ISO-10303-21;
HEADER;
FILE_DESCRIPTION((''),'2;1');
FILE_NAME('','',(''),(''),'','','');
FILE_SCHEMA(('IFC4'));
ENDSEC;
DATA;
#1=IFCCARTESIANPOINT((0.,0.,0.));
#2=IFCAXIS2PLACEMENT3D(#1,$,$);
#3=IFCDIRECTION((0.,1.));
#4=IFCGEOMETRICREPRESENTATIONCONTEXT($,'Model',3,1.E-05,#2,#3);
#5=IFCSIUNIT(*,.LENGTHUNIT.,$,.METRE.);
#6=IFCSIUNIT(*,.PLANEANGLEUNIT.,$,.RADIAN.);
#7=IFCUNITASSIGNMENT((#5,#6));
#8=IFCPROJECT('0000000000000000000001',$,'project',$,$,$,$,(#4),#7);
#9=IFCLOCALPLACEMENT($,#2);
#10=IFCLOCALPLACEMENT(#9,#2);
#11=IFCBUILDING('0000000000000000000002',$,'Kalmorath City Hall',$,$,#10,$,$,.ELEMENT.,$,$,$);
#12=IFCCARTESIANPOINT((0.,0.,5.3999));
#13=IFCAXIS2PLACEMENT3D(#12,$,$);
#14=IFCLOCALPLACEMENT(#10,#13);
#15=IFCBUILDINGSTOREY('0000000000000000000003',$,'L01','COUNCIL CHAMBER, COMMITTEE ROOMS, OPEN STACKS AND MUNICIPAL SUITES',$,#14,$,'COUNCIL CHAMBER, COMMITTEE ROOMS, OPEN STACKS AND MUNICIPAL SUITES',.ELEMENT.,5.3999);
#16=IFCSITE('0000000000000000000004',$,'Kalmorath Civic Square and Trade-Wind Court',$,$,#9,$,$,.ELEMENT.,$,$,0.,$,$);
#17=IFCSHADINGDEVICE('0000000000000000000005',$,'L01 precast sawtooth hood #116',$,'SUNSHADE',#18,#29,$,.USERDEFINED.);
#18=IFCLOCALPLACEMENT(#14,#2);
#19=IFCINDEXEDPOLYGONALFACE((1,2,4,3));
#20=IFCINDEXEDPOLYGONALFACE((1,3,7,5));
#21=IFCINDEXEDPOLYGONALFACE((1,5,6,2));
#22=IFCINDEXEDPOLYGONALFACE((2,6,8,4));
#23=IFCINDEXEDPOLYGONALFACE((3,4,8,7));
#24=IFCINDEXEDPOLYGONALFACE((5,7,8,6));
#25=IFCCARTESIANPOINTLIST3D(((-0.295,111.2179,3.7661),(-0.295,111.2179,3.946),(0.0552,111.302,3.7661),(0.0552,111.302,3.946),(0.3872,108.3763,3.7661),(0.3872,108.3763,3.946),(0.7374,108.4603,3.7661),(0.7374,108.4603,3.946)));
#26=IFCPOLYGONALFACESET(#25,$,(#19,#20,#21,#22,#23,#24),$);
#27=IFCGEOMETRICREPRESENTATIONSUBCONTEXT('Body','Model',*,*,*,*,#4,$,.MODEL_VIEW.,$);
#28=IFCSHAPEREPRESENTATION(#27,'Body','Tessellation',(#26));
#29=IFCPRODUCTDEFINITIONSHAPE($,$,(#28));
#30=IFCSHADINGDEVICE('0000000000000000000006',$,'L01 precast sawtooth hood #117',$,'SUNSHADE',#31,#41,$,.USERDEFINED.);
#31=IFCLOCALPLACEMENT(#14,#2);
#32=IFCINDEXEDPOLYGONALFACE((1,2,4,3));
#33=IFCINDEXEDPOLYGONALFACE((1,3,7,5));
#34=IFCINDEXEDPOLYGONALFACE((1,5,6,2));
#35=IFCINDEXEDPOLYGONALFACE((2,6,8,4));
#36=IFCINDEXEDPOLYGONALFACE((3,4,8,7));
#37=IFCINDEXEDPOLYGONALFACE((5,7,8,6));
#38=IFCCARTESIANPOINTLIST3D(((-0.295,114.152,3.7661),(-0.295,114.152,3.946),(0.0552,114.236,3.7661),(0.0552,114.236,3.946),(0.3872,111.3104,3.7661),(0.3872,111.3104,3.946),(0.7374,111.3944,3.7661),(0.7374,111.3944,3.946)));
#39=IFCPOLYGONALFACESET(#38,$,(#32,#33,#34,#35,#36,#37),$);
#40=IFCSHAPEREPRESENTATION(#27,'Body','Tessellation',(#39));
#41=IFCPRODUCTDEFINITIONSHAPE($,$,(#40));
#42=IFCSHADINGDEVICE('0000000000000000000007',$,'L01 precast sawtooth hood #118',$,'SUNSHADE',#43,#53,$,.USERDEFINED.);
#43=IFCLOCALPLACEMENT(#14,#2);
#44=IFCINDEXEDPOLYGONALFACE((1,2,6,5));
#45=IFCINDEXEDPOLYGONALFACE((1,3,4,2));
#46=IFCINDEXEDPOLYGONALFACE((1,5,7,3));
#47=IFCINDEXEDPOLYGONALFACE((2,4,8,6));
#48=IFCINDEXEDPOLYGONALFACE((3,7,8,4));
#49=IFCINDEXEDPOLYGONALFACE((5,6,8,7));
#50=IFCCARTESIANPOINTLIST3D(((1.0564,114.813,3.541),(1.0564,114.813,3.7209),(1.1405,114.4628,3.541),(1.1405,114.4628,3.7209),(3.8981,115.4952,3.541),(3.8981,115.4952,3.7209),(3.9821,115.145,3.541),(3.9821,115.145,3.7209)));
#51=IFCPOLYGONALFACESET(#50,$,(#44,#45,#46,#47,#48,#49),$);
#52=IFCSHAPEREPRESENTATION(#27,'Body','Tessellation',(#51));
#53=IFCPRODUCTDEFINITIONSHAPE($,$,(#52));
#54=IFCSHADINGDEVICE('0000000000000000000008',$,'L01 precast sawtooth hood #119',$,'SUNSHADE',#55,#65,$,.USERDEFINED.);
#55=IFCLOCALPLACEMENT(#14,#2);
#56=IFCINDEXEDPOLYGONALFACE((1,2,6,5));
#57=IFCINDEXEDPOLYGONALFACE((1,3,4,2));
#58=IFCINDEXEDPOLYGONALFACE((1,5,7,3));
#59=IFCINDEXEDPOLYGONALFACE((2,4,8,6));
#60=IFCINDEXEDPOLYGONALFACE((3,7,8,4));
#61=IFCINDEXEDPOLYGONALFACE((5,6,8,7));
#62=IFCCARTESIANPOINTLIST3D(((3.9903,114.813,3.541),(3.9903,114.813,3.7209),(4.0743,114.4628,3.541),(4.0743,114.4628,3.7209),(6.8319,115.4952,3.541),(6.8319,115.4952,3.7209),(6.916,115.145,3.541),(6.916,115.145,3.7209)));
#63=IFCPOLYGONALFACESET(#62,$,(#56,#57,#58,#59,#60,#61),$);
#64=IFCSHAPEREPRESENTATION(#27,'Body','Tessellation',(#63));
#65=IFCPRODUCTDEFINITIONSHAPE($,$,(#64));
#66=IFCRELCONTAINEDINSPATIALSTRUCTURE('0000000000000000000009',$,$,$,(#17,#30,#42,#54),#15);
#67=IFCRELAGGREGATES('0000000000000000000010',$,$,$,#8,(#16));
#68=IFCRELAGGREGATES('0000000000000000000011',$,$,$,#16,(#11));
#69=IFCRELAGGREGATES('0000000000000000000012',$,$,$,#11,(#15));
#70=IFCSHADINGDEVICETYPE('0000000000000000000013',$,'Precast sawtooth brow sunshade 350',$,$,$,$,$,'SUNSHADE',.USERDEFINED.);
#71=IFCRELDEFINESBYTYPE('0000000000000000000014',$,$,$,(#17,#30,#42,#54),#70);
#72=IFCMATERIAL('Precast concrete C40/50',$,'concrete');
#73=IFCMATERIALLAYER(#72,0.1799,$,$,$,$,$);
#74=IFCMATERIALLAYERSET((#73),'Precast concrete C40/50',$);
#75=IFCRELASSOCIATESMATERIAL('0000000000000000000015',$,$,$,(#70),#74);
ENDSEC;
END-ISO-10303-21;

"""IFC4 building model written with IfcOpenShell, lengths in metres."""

from ifc_helpers import new_model, si_unit, direction, frame, origin, origin_2d, place, context, subcontext, project, spatial, rectangle, extrude, material, layer, layer_set, type_object, element, save


model = new_model("IFC4")

# Units and contexts
model_context = context("Model", 3, precision=1e-05, world=origin(), true_north=direction((0.0, 1.0)))
body_context = subcontext(model_context, "Body", "Model", "MODEL_VIEW")
ifc_project = project(units=[si_unit("LENGTHUNIT", "METRE"), si_unit("PLANEANGLEUNIT", "RADIAN")], contexts=[model_context])

# Site, building, storey
site_placement = place(None, origin())
site = spatial("IfcSite", under=ifc_project, at=site_placement, Name="Kalmorath Civic Square and Trade-Wind Court", CompositionType="ELEMENT", RefElevation=0.0)
building_placement = place(site_placement, origin())
building = spatial("IfcBuilding", under=site, at=building_placement, Name="Kalmorath City Hall", CompositionType="ELEMENT")
storey_placement = place(building_placement, frame((0.0, 0.0, 5.3999)))
storey = spatial("IfcBuildingStorey", under=building, at=storey_placement, Name="L01", Description="COUNCIL CHAMBER, COMMITTEE ROOMS, OPEN STACKS AND MUNICIPAL SUITES", LongName="COUNCIL CHAMBER, COMMITTEE ROOMS, OPEN STACKS AND MUNICIPAL SUITES", CompositionType="ELEMENT", Elevation=5.3999)

# Shading devices
ifc_material_1 = material(Name="Precast concrete C40/50", Category="concrete")
ifc_layer_1 = layer(ifc_material_1, 0.1799)
ifc_layer_set_1 = layer_set([ifc_layer_1], Name="Precast concrete C40/50")
shading_device_type = type_object("IfcShadingDeviceType", Name="Precast sawtooth brow sunshade 350", ElementType="SUNSHADE", PredefinedType="USERDEFINED", material=ifc_layer_set_1)
for number, where, z_axis, x_axis, name in (
    (1, (0.2212, 109.8391, 3.7661), (0.0, 0.0, 1.0), (-0.233445, 0.97237, 0.0), "L01 precast sawtooth hood #116"),
    (2, (0.2212, 112.7732, 3.7661), (0.0, 0.0, 1.0), (-0.233445, 0.97237, 0.0), "L01 precast sawtooth hood #117"),
    (3, (2.5193, 114.979, 3.541), (0.0, 0.0, 1.0), (0.97237, 0.233445, 0.0), "L01 precast sawtooth hood #118"),
    (4, (5.4531, 114.979, 3.541), (0.0, 0.0, 1.0), (0.97237, 0.233445, 0.0), "L01 precast sawtooth hood #119"),
):
    element("IfcShadingDevice", number, at=place(storey_placement, frame(where, z_axis=z_axis, x_axis=x_axis)), inside=storey, type_object=shading_device_type, Name=name, ObjectType="SUNSHADE", PredefinedType="USERDEFINED", context=body_context, shape_type="SweptSolid", body=[
        extrude(rectangle(XDim=2.9224, YDim=0.3601, at=origin_2d()), origin(), (0.0, 0.0, 1.0), 0.1799),
    ])

save(model, "model.ifc")
